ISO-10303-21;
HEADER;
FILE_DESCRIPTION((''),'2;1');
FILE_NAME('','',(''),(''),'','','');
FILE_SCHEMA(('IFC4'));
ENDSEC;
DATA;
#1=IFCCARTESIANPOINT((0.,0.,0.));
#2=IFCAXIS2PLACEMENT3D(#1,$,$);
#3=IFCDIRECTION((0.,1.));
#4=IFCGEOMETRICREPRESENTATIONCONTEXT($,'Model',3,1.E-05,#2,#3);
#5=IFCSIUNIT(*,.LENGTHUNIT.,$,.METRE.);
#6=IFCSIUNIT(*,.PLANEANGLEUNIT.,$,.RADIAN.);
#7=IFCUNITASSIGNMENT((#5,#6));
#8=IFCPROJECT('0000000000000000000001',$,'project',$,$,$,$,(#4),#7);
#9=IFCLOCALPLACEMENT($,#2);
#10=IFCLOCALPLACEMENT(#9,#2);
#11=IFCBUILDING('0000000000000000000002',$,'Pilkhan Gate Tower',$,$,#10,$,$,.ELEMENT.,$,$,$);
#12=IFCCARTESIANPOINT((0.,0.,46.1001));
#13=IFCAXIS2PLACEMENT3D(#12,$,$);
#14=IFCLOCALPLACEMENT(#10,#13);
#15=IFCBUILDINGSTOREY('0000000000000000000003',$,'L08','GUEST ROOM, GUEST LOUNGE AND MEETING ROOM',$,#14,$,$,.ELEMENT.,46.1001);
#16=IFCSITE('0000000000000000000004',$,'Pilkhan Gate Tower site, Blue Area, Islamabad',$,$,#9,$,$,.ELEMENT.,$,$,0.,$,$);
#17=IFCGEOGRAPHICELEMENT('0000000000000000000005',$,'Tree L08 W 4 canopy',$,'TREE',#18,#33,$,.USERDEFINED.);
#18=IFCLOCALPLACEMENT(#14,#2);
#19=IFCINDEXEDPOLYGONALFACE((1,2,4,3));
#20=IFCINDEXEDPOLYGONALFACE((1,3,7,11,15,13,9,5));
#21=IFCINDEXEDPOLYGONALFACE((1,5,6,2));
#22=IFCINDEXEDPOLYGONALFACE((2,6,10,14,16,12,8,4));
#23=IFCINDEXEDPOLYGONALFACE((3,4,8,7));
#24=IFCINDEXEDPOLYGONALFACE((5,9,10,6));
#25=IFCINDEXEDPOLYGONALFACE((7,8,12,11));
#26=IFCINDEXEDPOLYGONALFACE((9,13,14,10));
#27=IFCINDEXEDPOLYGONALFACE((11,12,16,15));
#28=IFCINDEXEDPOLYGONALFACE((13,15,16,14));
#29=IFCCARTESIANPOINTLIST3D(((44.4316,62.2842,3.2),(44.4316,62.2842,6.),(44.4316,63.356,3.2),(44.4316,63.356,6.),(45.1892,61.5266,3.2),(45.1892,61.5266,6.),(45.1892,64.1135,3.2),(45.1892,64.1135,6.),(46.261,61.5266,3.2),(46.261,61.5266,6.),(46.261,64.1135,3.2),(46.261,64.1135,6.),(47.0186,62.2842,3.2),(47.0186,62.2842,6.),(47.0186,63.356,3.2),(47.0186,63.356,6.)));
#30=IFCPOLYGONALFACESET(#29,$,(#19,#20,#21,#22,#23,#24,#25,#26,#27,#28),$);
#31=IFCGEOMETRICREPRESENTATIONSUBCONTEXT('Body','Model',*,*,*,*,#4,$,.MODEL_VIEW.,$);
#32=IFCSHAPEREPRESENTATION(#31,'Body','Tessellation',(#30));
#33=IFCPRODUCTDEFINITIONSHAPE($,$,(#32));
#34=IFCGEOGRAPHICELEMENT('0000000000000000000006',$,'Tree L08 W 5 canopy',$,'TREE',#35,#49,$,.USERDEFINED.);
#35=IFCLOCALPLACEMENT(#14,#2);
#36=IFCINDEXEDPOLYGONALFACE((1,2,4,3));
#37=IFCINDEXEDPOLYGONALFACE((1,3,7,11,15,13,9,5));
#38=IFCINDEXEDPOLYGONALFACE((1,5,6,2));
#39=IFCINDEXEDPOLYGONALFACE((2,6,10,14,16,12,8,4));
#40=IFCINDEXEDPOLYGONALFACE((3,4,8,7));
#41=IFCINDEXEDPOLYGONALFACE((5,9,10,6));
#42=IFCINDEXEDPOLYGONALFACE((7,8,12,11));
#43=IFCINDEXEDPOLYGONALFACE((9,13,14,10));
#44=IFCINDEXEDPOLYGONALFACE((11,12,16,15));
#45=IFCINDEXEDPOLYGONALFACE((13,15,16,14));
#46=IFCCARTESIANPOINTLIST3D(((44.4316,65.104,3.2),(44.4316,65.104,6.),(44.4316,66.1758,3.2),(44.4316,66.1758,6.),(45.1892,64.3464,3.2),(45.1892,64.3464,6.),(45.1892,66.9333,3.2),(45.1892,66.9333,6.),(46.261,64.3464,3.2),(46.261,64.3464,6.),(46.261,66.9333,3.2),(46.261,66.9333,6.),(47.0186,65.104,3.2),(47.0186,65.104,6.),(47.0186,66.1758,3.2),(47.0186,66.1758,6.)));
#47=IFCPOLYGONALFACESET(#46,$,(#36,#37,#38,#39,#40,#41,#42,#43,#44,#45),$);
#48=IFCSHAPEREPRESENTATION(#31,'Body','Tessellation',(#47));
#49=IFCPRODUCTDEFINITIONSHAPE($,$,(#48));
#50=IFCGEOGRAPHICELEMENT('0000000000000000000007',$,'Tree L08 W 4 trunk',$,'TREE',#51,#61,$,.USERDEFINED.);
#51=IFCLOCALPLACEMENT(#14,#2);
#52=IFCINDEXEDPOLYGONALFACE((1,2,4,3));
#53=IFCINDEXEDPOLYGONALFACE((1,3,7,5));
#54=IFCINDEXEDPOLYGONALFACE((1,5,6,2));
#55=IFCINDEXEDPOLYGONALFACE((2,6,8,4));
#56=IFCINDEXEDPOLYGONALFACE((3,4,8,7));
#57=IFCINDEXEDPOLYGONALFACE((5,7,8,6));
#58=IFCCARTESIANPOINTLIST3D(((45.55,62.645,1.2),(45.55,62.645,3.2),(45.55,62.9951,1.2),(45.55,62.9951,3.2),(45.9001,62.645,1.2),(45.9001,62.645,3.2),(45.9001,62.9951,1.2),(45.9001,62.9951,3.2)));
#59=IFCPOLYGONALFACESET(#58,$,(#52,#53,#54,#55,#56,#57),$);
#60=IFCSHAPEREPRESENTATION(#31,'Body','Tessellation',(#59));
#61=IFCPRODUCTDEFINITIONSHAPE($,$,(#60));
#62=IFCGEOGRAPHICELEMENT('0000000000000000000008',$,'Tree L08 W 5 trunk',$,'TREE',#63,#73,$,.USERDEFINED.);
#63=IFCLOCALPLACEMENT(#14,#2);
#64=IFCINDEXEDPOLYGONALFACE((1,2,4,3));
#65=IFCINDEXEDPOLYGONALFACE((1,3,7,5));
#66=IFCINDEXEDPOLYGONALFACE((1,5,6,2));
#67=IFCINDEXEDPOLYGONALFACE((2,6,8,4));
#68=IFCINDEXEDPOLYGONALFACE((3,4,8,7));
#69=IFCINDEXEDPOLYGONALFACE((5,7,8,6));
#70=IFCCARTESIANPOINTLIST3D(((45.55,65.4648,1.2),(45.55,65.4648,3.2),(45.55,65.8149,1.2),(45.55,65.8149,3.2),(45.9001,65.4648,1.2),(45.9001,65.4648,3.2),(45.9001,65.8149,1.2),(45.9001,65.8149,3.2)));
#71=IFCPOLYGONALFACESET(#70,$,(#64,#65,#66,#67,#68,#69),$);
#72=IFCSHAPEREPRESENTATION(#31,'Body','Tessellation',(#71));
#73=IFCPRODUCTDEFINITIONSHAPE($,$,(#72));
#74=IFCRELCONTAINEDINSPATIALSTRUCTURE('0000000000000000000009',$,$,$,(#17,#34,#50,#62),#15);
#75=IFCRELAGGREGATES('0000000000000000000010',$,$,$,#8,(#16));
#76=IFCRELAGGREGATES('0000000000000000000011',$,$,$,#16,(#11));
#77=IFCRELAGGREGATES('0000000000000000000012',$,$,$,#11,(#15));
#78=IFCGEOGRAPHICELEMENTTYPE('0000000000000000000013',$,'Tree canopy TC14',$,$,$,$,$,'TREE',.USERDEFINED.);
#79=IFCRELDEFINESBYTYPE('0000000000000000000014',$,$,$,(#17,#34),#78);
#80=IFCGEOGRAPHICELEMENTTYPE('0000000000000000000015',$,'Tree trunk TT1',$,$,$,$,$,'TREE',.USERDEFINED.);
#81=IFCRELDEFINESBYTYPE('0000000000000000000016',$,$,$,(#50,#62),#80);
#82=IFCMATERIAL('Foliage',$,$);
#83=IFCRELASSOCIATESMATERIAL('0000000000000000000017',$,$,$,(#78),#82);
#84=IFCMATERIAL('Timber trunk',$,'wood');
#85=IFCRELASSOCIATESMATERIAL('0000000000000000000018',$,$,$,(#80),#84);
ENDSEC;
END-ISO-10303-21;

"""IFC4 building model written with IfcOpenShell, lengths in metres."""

from ifc_helpers import new_model, si_unit, direction, frame, origin, origin_2d, place, context, subcontext, project, spatial, polyline, rectangle, outline, extrude, material, material_profile, profile_set, type_object, element, save


model = new_model("IFC4")

# Units and contexts
model_context = context("Model", 3, precision=1e-05, world=origin(), true_north=direction((0.0, 1.0)))
body_context = subcontext(model_context, "Body", "Model", "MODEL_VIEW")
ifc_project = project(units=[si_unit("LENGTHUNIT", "METRE"), si_unit("PLANEANGLEUNIT", "RADIAN")], contexts=[model_context])

# Site, building, storey
site_placement = place(None, origin())
site = spatial("IfcSite", under=ifc_project, at=site_placement, Name="Pilkhan Gate Tower site, Blue Area, Islamabad", CompositionType="ELEMENT", RefElevation=0.0)
building_placement = place(site_placement, origin())
building = spatial("IfcBuilding", under=site, at=building_placement, Name="Pilkhan Gate Tower", CompositionType="ELEMENT")
storey_placement = place(building_placement, frame((0.0, 0.0, 46.1001)))
storey = spatial("IfcBuildingStorey", under=building, at=storey_placement, Name="L08", Description="GUEST ROOM, GUEST LOUNGE AND MEETING ROOM", CompositionType="ELEMENT", Elevation=46.1001)

# Geographic elements
ifc_material_1 = material(Name="Foliage")
ifc_material_profile_1 = material_profile(ifc_material_1, outline(polyline([(1.2935, 0.5359), (0.5359, 1.2935), (-0.5359, 1.2935), (-1.2935, 0.5359), (-1.2935, -0.5359), (-0.5359, -1.2935), (0.5359, -1.2935), (1.2935, -0.5359), (1.2935, 0.5359)])), Name="Canopy D2.8")
ifc_profile_set_1 = profile_set([ifc_material_profile_1], Name="Foliage")
geographic_element_type_1 = type_object("IfcGeographicElementType", Name="Tree canopy TC14", ElementType="TREE", PredefinedType="USERDEFINED", material=ifc_profile_set_1)
for number, where, z_axis, x_axis, name in (
    (1, (45.7251, 62.8201, 3.2), (0.0, 0.0, 1.0), (1.0, 0.0, 0.0), "Tree L08 W 4 canopy"),
    (2, (45.7251, 65.6399, 3.2), (0.0, 0.0, 1.0), (1.0, 0.0, 0.0), "Tree L08 W 5 canopy"),
):
    element("IfcGeographicElement", number, at=place(storey_placement, frame(where, z_axis=z_axis, x_axis=x_axis)), inside=storey, type_object=geographic_element_type_1, Name=name, ObjectType="TREE", PredefinedType="USERDEFINED", context=body_context, shape_type="SweptSolid", body=[
        extrude(outline(polyline([(1.2935, 0.5359), (0.5359, 1.2935), (-0.5359, 1.2935), (-1.2935, 0.5359), (-1.2935, -0.5359), (-0.5359, -1.2935), (0.5359, -1.2935), (1.2935, -0.5359), (1.2935, 0.5359)])), origin(), (0.0, 0.0, 1.0), 2.8),
    ])
ifc_material_2 = material(Name="Timber trunk", Category="wood")
geographic_element_type_2 = type_object("IfcGeographicElementType", Name="Tree trunk TT1", ElementType="TREE", PredefinedType="USERDEFINED", material=ifc_material_2)
for number, where, z_axis, x_axis, name in (
    (3, (45.7251, 62.8201, 1.2), (0.0, 0.0, 1.0), (1.0, 0.0, 0.0), "Tree L08 W 4 trunk"),
    (4, (45.7251, 65.6399, 1.2), (0.0, 0.0, 1.0), (1.0, 0.0, 0.0), "Tree L08 W 5 trunk"),
):
    element("IfcGeographicElement", number, at=place(storey_placement, frame(where, z_axis=z_axis, x_axis=x_axis)), inside=storey, type_object=geographic_element_type_2, Name=name, ObjectType="TREE", PredefinedType="USERDEFINED", context=body_context, shape_type="SweptSolid", body=[
        extrude(rectangle(XDim=0.3501, YDim=0.3501, at=origin_2d()), origin(), (0.0, 0.0, 1.0), 2.0),
    ])

save(model, "model.ifc")
